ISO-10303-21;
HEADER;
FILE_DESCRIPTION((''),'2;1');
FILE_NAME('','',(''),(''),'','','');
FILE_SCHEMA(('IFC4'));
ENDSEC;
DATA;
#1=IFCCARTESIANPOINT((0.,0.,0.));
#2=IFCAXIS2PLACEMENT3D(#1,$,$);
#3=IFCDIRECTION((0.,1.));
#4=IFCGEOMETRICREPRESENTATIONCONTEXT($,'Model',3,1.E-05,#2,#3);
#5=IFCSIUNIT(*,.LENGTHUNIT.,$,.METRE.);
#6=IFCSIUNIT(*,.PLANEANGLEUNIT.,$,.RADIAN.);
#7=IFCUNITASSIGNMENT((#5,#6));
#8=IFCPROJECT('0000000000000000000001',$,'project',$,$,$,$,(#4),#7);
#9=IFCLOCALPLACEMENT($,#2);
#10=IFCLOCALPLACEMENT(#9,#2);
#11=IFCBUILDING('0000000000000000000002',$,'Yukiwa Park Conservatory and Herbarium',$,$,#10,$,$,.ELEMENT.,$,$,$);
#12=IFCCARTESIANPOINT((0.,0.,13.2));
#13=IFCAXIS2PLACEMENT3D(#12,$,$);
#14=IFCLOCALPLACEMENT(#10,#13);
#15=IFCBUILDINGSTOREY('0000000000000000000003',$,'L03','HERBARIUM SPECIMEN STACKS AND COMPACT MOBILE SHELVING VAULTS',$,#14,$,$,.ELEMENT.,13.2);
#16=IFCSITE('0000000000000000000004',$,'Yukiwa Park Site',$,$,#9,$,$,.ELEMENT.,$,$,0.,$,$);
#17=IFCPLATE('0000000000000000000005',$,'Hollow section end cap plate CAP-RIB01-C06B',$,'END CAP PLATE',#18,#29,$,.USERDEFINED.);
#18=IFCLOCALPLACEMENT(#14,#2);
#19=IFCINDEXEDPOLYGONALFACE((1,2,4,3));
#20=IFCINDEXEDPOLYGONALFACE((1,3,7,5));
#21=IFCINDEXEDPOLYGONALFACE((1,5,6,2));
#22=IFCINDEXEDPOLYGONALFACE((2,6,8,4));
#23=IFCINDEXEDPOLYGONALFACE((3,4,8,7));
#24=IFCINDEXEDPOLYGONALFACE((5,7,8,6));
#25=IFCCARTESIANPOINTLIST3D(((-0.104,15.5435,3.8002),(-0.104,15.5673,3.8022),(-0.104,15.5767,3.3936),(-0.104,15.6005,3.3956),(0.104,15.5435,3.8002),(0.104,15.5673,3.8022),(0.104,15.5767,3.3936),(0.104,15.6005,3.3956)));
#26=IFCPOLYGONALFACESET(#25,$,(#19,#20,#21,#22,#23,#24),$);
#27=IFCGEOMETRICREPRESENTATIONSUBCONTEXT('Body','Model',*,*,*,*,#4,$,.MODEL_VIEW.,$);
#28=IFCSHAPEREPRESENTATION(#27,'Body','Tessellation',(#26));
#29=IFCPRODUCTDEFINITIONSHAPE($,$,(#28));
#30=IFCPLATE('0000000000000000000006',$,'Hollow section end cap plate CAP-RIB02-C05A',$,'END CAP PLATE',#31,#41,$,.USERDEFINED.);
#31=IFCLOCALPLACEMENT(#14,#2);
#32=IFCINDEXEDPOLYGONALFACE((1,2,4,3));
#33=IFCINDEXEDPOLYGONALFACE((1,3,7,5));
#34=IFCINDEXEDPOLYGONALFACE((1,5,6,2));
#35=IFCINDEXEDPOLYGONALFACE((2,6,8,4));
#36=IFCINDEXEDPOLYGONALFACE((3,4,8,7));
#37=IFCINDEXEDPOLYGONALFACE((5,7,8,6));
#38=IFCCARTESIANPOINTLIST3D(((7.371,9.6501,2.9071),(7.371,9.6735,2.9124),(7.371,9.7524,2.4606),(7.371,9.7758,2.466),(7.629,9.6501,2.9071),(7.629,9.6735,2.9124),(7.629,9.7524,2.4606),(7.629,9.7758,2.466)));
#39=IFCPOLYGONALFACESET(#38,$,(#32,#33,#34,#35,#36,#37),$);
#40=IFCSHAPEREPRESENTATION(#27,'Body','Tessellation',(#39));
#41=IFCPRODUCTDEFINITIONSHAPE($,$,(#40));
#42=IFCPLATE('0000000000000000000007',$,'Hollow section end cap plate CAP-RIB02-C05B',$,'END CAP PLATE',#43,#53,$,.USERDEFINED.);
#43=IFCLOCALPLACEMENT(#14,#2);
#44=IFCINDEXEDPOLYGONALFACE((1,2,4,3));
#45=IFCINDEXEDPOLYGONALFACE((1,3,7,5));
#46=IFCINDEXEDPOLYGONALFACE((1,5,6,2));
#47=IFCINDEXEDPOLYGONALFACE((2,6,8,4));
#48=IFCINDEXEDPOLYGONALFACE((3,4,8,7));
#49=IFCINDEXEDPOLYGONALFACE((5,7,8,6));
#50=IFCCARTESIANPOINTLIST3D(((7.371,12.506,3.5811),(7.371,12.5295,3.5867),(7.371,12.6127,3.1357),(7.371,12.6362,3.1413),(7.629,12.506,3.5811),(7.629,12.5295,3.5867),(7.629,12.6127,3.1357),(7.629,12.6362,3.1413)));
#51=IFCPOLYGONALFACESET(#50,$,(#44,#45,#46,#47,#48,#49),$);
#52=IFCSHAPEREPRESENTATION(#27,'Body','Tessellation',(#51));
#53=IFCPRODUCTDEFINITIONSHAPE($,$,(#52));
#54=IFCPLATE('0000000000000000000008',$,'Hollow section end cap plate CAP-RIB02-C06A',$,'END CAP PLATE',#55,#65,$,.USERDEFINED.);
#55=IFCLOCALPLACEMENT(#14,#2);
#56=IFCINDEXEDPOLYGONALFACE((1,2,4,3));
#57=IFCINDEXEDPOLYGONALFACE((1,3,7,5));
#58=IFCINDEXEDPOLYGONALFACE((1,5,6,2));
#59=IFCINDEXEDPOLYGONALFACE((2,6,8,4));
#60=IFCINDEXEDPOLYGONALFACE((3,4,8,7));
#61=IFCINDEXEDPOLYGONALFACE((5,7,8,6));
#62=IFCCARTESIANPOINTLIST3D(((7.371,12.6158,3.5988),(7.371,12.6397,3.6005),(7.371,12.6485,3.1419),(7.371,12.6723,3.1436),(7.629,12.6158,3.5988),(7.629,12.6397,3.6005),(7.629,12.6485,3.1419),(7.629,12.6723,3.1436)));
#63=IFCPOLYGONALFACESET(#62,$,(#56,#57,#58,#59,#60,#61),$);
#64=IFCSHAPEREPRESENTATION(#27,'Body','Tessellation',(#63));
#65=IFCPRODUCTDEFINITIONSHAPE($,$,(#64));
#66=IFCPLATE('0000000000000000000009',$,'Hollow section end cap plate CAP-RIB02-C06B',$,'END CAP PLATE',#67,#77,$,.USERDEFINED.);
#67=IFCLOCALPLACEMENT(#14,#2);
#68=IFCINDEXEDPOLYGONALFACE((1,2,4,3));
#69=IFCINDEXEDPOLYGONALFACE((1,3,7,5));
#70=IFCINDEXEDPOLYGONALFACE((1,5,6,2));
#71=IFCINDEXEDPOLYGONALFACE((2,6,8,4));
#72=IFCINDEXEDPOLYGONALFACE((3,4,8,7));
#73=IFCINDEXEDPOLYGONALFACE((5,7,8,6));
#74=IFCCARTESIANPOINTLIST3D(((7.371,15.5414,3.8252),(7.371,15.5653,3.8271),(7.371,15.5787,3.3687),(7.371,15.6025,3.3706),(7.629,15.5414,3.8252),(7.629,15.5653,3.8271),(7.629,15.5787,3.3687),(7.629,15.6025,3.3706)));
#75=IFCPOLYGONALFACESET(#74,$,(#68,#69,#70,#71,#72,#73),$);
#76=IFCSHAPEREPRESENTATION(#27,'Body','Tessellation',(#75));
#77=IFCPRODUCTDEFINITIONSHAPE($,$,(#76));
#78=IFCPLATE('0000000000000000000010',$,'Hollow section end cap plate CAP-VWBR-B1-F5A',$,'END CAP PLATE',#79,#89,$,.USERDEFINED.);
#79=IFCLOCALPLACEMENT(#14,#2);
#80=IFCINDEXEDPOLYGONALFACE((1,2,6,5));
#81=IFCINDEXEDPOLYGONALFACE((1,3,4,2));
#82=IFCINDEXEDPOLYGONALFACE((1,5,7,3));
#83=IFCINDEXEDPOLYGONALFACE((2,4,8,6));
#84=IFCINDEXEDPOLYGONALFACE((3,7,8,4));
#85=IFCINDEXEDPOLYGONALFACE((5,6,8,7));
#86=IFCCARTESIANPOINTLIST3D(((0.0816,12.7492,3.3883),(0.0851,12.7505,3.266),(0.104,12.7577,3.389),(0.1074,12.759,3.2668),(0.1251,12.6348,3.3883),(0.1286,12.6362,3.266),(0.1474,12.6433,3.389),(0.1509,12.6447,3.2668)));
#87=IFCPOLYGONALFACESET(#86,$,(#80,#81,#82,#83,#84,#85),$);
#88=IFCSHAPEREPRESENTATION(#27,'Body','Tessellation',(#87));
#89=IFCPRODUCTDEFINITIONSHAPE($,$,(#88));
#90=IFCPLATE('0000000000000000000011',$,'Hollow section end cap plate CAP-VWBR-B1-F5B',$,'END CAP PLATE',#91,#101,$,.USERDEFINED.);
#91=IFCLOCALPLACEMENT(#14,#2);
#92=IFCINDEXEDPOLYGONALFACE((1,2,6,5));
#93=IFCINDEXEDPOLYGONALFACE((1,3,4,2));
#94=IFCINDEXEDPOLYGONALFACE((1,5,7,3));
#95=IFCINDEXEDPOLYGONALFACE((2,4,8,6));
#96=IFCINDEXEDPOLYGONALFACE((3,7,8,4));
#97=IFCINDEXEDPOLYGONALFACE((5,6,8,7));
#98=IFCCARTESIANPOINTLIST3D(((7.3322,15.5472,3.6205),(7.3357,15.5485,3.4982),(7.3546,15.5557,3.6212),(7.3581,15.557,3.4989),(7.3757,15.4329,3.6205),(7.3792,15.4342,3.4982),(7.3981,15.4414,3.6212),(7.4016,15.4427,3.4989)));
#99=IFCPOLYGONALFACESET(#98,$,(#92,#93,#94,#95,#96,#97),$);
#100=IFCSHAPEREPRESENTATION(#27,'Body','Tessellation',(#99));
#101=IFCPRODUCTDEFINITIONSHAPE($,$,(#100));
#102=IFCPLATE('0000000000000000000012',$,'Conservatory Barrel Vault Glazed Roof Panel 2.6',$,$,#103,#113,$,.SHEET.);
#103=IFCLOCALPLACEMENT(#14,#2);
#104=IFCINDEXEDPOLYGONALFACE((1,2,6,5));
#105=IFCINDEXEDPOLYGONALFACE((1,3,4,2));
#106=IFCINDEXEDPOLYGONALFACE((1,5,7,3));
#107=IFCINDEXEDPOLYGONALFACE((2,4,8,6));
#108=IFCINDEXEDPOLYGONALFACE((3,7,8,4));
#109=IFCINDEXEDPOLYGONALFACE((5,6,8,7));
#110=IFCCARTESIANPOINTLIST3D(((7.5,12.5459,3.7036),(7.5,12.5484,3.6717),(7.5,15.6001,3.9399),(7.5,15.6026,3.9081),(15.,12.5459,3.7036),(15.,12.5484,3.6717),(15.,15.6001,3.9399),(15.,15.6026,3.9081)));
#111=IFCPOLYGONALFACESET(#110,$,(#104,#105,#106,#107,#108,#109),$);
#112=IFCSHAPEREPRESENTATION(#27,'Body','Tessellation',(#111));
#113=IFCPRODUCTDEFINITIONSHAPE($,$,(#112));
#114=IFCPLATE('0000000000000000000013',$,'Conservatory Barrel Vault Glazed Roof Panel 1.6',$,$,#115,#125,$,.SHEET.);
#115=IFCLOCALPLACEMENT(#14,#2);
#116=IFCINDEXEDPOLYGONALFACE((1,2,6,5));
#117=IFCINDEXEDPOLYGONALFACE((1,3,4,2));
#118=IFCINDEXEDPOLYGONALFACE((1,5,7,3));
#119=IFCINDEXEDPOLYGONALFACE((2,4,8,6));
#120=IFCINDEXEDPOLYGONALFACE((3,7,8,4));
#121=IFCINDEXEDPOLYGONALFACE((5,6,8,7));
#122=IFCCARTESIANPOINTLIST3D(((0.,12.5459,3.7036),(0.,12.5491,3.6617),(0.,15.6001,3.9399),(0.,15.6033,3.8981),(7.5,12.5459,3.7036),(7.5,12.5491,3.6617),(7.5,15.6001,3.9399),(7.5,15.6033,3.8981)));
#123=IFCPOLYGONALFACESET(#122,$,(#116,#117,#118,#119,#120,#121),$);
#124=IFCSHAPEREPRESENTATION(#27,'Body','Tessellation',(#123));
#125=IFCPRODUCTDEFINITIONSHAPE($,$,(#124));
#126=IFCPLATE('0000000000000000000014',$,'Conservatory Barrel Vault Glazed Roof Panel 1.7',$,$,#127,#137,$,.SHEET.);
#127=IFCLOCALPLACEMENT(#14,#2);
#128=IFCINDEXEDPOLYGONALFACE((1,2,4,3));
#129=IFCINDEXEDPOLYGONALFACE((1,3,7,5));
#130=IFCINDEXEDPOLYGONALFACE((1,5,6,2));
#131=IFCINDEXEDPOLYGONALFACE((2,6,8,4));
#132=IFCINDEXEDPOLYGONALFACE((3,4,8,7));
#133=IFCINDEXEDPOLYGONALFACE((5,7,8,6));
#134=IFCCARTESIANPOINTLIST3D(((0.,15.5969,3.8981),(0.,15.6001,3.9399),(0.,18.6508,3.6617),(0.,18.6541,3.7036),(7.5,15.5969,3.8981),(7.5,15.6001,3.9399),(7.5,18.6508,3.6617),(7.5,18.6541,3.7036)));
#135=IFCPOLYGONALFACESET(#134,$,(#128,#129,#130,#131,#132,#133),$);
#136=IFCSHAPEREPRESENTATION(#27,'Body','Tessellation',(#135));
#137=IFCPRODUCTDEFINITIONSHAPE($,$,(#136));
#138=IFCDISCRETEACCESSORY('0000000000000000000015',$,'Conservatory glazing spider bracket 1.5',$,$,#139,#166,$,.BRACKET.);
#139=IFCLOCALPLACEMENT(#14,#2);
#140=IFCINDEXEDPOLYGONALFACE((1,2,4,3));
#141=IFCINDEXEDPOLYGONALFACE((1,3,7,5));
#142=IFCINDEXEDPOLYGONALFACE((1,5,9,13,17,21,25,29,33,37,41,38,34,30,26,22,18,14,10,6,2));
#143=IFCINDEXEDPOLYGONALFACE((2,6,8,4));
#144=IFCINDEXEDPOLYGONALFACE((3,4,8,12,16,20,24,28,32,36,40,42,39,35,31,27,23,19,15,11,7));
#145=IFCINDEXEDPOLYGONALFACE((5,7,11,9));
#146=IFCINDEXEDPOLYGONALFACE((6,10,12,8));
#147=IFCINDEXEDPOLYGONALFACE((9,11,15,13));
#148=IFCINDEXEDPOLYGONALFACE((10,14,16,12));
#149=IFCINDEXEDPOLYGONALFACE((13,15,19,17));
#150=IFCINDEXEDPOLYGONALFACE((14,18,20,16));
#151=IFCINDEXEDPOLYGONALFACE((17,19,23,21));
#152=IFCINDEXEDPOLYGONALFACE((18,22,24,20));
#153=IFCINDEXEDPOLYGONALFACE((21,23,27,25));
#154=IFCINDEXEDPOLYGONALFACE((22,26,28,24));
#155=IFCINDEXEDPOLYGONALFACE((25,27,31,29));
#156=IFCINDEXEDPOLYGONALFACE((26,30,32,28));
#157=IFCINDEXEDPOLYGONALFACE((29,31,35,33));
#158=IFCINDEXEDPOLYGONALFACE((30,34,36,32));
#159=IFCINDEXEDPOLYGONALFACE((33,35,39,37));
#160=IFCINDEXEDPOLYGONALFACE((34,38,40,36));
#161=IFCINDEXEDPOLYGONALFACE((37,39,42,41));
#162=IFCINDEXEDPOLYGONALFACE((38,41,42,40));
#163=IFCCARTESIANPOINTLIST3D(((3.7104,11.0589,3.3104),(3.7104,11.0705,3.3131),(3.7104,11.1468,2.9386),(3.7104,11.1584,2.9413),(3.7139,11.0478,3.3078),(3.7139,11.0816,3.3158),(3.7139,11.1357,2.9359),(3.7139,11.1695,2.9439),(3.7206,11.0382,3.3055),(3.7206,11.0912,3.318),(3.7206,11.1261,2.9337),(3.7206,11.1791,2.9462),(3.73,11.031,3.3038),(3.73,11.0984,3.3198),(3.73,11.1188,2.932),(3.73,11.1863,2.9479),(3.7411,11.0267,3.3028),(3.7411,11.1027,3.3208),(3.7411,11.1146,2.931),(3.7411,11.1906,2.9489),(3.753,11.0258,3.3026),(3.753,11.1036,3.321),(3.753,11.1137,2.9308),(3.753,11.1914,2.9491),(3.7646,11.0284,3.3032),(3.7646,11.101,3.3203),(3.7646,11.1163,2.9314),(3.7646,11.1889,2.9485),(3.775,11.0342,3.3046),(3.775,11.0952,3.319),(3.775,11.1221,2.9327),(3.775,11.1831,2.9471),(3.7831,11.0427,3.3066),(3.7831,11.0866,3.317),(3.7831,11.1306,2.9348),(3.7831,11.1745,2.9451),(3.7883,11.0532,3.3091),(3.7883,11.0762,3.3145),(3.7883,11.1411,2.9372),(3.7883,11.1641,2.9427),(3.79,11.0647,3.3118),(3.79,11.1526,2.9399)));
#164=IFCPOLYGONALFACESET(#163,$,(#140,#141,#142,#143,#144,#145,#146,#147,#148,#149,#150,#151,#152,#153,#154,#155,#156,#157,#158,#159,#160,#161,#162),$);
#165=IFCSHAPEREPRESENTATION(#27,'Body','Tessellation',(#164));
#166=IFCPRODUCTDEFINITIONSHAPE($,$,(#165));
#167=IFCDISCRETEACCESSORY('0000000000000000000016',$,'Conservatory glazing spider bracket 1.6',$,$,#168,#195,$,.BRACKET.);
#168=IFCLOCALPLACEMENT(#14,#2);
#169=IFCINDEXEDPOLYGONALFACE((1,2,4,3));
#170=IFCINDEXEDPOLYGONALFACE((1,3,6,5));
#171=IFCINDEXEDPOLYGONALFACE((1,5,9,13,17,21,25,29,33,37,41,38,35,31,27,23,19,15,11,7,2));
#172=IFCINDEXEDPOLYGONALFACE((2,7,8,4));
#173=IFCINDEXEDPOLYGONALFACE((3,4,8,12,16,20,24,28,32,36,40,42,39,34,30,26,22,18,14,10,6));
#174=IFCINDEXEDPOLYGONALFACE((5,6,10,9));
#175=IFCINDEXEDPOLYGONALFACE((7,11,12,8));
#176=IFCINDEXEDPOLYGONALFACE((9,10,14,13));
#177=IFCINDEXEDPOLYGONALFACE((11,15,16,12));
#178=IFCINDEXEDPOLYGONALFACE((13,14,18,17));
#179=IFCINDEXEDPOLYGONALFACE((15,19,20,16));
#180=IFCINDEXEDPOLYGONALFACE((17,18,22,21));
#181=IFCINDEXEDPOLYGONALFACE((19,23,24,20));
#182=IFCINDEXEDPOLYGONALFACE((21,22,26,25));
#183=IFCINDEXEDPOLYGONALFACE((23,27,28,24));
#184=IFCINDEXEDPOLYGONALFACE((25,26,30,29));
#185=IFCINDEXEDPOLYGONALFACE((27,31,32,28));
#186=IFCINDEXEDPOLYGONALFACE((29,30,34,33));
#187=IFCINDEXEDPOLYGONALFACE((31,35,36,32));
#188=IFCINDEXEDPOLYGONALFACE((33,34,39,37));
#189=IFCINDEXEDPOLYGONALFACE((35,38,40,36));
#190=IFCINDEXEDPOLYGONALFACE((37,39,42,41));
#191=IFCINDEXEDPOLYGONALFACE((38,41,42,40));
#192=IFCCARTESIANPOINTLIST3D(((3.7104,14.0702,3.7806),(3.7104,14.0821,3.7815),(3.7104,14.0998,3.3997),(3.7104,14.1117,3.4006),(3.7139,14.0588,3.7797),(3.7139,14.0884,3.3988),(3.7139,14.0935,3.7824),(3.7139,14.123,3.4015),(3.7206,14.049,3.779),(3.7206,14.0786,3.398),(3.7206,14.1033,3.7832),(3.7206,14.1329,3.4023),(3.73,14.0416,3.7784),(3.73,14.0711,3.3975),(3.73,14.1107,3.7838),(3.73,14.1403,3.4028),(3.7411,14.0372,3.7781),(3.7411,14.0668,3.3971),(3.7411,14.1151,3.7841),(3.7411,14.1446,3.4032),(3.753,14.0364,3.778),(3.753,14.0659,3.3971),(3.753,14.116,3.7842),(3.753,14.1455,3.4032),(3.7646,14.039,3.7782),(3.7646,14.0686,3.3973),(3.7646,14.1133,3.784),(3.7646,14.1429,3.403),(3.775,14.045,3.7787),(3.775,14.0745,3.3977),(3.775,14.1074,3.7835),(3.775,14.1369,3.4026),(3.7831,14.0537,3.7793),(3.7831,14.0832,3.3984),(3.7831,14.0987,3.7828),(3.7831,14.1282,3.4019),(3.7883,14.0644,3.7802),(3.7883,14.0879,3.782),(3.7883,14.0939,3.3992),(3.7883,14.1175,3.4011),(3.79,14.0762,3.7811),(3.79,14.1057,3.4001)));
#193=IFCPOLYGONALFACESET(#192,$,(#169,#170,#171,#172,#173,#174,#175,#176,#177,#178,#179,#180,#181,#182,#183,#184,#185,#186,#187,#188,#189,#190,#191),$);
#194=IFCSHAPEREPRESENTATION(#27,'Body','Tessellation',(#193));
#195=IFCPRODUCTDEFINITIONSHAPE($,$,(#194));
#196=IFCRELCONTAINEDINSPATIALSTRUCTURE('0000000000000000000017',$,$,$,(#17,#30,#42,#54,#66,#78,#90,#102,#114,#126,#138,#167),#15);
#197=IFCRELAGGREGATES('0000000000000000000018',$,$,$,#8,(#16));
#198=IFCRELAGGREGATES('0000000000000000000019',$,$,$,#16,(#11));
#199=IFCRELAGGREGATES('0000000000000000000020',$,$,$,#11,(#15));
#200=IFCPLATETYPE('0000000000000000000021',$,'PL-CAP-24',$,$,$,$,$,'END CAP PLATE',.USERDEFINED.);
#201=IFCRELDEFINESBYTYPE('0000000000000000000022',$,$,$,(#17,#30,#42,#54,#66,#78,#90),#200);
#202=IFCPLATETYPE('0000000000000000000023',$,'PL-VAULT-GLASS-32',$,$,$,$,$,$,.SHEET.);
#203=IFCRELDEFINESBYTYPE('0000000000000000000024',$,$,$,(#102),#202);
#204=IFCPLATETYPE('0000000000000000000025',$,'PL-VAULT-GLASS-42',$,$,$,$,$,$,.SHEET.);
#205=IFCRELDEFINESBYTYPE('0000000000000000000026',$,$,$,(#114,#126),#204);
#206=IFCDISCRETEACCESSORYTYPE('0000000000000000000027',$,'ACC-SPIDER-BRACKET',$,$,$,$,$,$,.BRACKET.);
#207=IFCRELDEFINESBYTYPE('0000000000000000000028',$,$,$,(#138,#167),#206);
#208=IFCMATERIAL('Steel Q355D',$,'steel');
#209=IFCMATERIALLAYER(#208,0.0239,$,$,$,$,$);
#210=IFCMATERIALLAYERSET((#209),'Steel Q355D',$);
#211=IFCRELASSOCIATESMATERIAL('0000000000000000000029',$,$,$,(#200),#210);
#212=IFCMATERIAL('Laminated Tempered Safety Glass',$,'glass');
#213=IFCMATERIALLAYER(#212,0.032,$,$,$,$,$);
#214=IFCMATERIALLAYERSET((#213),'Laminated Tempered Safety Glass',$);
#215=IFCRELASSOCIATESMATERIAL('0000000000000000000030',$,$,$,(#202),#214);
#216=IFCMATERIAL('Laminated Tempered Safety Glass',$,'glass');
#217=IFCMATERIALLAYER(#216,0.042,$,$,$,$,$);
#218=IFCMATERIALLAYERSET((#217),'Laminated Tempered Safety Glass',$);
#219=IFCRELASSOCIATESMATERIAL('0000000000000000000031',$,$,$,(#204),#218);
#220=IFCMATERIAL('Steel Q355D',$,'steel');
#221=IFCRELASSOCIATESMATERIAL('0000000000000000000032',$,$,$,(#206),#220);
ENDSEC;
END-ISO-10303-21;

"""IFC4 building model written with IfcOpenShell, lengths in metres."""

from ifc_helpers import new_model, si_unit, direction, frame, origin, origin_2d, place, context, subcontext, project, spatial, polyline, rectangle, circle, outline, extrude, material, layer, layer_set, type_object, element, save


model = new_model("IFC4")

# Units and contexts
model_context = context("Model", 3, precision=1e-05, world=origin(), true_north=direction((0.0, 1.0)))
body_context = subcontext(model_context, "Body", "Model", "MODEL_VIEW")
ifc_project = project(units=[si_unit("LENGTHUNIT", "METRE"), si_unit("PLANEANGLEUNIT", "RADIAN")], contexts=[model_context])

# Site, building, storey
site_placement = place(None, origin())
site = spatial("IfcSite", under=ifc_project, at=site_placement, Name="Yukiwa Park Site", CompositionType="ELEMENT", RefElevation=0.0)
building_placement = place(site_placement, origin())
building = spatial("IfcBuilding", under=site, at=building_placement, Name="Yukiwa Park Conservatory and Herbarium", CompositionType="ELEMENT")
storey_placement = place(building_placement, frame((0.0, 0.0, 13.2)))
storey = spatial("IfcBuildingStorey", under=building, at=storey_placement, Name="L03", Description="HERBARIUM SPECIMEN STACKS AND COMPACT MOBILE SHELVING VAULTS", CompositionType="ELEMENT", Elevation=13.2)

# Plates
ifc_material_1 = material(Name="Steel Q355D", Category="steel")
ifc_layer_1 = layer(ifc_material_1, 0.0239)
ifc_layer_set_1 = layer_set([ifc_layer_1], Name="Steel Q355D")
plate_type_1 = type_object("IfcPlateType", Name="PL-CAP-24", ElementType="END CAP PLATE", PredefinedType="USERDEFINED", material=ifc_layer_set_1)
for number, where, z_axis, x_axis, name in (
    (1, (0.0, 15.5601, 3.5969), (0.0, 0.996685, 0.081362), (-1.0, 0.0, 0.0), "Hollow section end cap plate CAP-RIB01-C06B"),
):
    element("IfcPlate", number, at=place(storey_placement, frame(where, z_axis=z_axis, x_axis=x_axis)), inside=storey, type_object=plate_type_1, Name=name, ObjectType="END CAP PLATE", PredefinedType="USERDEFINED", context=body_context, shape_type="SweptSolid", body=[
        extrude(rectangle(XDim=0.208, YDim=0.408, at=origin_2d()), origin(), (0.0, 0.0, 1.0), 0.0239),
    ])
plate_1_placement = place(storey_placement, frame((7.5, 9.7246, 2.6892), z_axis=(0.0, -0.974732, -0.223376), x_axis=(1.0, 0.0, 0.0)))
element("IfcPlate", 2, at=plate_1_placement, inside=storey, type_object=plate_type_1, Name="Hollow section end cap plate CAP-RIB02-C05A", ObjectType="END CAP PLATE", PredefinedType="USERDEFINED", context=body_context, shape_type="SweptSolid", body=[
    extrude(rectangle(XDim=0.2581, YDim=0.458, at=origin_2d()), origin(), (0.0, 0.0, 1.0), 0.0239),
])
plate_2_placement = place(storey_placement, frame((7.5, 12.5593, 3.3584), z_axis=(0.0, 0.972479, 0.23299), x_axis=(-1.0, 0.0, 0.0)))
element("IfcPlate", 3, at=plate_2_placement, inside=storey, type_object=plate_type_1, Name="Hollow section end cap plate CAP-RIB02-C05B", ObjectType="END CAP PLATE", PredefinedType="USERDEFINED", context=body_context, shape_type="SweptSolid", body=[
    extrude(rectangle(XDim=0.2581, YDim=0.458, at=origin_2d()), origin(), (0.0, 0.0, 1.0), 0.0242),
])
for number, where, z_axis, x_axis, name in (
    (4, (7.5, 12.656, 3.3721), (0.0, -0.997459, -0.071247), (1.0, 0.0, 0.0), "Hollow section end cap plate CAP-RIB02-C06A"),
    (5, (7.5, 15.5601, 3.5969), (0.0, 0.996685, 0.081362), (-1.0, 0.0, 0.0), "Hollow section end cap plate CAP-RIB02-C06B"),
):
    element("IfcPlate", number, at=place(storey_placement, frame(where, z_axis=z_axis, x_axis=x_axis)), inside=storey, type_object=plate_type_1, Name=name, ObjectType="END CAP PLATE", PredefinedType="USERDEFINED", context=body_context, shape_type="SweptSolid", body=[
        extrude(rectangle(XDim=0.2581, YDim=0.458, at=origin_2d()), origin(), (0.0, 0.0, 1.0), 0.0239),
    ])
for number, where, z_axis, x_axis, name in (
    (6, (0.1274, 12.7012, 3.3279), (-0.934215, -0.355408, -0.030464), (0.355573, -0.934649, 0.0), "Hollow section end cap plate CAP-VWBR-B1-F5A"),
    (7, (7.3557, 15.4907, 3.5593), (0.934215, 0.355408, 0.030464), (-0.355573, 0.934649, 0.0), "Hollow section end cap plate CAP-VWBR-B1-F5B"),
):
    element("IfcPlate", number, at=place(storey_placement, frame(where, z_axis=z_axis, x_axis=x_axis)), inside=storey, type_object=plate_type_1, Name=name, ObjectType="END CAP PLATE", PredefinedType="USERDEFINED", context=body_context, shape_type="SweptSolid", body=[
        extrude(rectangle(XDim=0.1223, YDim=0.1223, at=origin_2d()), origin(), (0.0, 0.0, 1.0), 0.0239),
    ])
ifc_material_2 = material(Name="Laminated Tempered Safety Glass", Category="glass")
ifc_layer_2 = layer(ifc_material_2, 0.032)
ifc_layer_set_2 = layer_set([ifc_layer_2], Name="Laminated Tempered Safety Glass")
plate_type_2 = type_object("IfcPlateType", Name="PL-VAULT-GLASS-32", PredefinedType="SHEET", material=ifc_layer_set_2)
plate_3_placement = place(storey_placement, frame((7.5, 12.5459, 3.7036), z_axis=(0.0, -0.077147, 0.99702), x_axis=(1.0, 0.0, 0.0)))
element("IfcPlate", 8, at=plate_3_placement, inside=storey, type_object=plate_type_2, Name="Conservatory Barrel Vault Glazed Roof Panel 2.6", PredefinedType="SHEET", context=body_context, shape_type="SweptSolid", body=[
    extrude(outline(polyline([(0.0, 0.0), (7.5, 0.0), (7.5, 3.0633), (0.0, 3.0633), (0.0, 0.0)])), origin(), (0.0, 0.0, -1.0), 0.032),
])
ifc_material_3 = material(Name="Laminated Tempered Safety Glass", Category="glass")
ifc_layer_3 = layer(ifc_material_3, 0.042)
ifc_layer_set_3 = layer_set([ifc_layer_3], Name="Laminated Tempered Safety Glass")
plate_type_3 = type_object("IfcPlateType", Name="PL-VAULT-GLASS-42", PredefinedType="SHEET", material=ifc_layer_set_3)
plate_4_placement = place(storey_placement, frame((0.0, 12.5459, 3.7036), z_axis=(0.0, -0.077147, 0.99702), x_axis=(1.0, 0.0, 0.0)))
element("IfcPlate", 9, at=plate_4_placement, inside=storey, type_object=plate_type_3, Name="Conservatory Barrel Vault Glazed Roof Panel 1.6", PredefinedType="SHEET", context=body_context, shape_type="SweptSolid", body=[
    extrude(outline(polyline([(0.0, 0.0), (7.5, 0.0), (7.5, 3.0633), (0.0, 3.0633), (0.0, 0.0)])), origin(), (0.0, 0.0, -1.0), 0.042),
])
plate_5_placement = place(storey_placement, frame((0.0, 15.6001, 3.9399), z_axis=(0.0, 0.077154, 0.997019), x_axis=(1.0, 0.0, 0.0)))
element("IfcPlate", 10, at=plate_5_placement, inside=storey, type_object=plate_type_3, Name="Conservatory Barrel Vault Glazed Roof Panel 1.7", PredefinedType="SHEET", context=body_context, shape_type="SweptSolid", body=[
    extrude(outline(polyline([(0.0, 0.0), (7.5, 0.0), (7.5, 3.0631), (0.0, 3.0631), (0.0, 0.0)])), origin(), (0.0, 0.0, -1.0), 0.042),
])

# Discrete accessories
ifc_material_4 = material(Name="Steel Q355D", Category="steel")
discrete_accessory_type = type_object("IfcDiscreteAccessoryType", Name="ACC-SPIDER-BRACKET", PredefinedType="BRACKET", material=ifc_material_4)
for number, where, z_axis, x_axis, name in (
    (11, (3.75, 11.1526, 2.9399), (0.0, -0.230036, 0.973182), (1.0, 0.0, 0.0), "Conservatory glazing spider bracket 1.5"),
    (12, (3.75, 14.1057, 3.4001), (0.0, -0.077332, 0.997005), (1.0, 0.0, 0.0), "Conservatory glazing spider bracket 1.6"),
):
    element("IfcDiscreteAccessory", number, at=place(storey_placement, frame(where, z_axis=z_axis, x_axis=x_axis)), inside=storey, type_object=discrete_accessory_type, Name=name, PredefinedType="BRACKET", context=body_context, shape_type="SweptSolid", body=[
        extrude(circle(Radius=0.04, at=origin_2d()), origin(), (0.0, 0.0, 1.0), 0.3821),
    ])

save(model, "model.ifc")
